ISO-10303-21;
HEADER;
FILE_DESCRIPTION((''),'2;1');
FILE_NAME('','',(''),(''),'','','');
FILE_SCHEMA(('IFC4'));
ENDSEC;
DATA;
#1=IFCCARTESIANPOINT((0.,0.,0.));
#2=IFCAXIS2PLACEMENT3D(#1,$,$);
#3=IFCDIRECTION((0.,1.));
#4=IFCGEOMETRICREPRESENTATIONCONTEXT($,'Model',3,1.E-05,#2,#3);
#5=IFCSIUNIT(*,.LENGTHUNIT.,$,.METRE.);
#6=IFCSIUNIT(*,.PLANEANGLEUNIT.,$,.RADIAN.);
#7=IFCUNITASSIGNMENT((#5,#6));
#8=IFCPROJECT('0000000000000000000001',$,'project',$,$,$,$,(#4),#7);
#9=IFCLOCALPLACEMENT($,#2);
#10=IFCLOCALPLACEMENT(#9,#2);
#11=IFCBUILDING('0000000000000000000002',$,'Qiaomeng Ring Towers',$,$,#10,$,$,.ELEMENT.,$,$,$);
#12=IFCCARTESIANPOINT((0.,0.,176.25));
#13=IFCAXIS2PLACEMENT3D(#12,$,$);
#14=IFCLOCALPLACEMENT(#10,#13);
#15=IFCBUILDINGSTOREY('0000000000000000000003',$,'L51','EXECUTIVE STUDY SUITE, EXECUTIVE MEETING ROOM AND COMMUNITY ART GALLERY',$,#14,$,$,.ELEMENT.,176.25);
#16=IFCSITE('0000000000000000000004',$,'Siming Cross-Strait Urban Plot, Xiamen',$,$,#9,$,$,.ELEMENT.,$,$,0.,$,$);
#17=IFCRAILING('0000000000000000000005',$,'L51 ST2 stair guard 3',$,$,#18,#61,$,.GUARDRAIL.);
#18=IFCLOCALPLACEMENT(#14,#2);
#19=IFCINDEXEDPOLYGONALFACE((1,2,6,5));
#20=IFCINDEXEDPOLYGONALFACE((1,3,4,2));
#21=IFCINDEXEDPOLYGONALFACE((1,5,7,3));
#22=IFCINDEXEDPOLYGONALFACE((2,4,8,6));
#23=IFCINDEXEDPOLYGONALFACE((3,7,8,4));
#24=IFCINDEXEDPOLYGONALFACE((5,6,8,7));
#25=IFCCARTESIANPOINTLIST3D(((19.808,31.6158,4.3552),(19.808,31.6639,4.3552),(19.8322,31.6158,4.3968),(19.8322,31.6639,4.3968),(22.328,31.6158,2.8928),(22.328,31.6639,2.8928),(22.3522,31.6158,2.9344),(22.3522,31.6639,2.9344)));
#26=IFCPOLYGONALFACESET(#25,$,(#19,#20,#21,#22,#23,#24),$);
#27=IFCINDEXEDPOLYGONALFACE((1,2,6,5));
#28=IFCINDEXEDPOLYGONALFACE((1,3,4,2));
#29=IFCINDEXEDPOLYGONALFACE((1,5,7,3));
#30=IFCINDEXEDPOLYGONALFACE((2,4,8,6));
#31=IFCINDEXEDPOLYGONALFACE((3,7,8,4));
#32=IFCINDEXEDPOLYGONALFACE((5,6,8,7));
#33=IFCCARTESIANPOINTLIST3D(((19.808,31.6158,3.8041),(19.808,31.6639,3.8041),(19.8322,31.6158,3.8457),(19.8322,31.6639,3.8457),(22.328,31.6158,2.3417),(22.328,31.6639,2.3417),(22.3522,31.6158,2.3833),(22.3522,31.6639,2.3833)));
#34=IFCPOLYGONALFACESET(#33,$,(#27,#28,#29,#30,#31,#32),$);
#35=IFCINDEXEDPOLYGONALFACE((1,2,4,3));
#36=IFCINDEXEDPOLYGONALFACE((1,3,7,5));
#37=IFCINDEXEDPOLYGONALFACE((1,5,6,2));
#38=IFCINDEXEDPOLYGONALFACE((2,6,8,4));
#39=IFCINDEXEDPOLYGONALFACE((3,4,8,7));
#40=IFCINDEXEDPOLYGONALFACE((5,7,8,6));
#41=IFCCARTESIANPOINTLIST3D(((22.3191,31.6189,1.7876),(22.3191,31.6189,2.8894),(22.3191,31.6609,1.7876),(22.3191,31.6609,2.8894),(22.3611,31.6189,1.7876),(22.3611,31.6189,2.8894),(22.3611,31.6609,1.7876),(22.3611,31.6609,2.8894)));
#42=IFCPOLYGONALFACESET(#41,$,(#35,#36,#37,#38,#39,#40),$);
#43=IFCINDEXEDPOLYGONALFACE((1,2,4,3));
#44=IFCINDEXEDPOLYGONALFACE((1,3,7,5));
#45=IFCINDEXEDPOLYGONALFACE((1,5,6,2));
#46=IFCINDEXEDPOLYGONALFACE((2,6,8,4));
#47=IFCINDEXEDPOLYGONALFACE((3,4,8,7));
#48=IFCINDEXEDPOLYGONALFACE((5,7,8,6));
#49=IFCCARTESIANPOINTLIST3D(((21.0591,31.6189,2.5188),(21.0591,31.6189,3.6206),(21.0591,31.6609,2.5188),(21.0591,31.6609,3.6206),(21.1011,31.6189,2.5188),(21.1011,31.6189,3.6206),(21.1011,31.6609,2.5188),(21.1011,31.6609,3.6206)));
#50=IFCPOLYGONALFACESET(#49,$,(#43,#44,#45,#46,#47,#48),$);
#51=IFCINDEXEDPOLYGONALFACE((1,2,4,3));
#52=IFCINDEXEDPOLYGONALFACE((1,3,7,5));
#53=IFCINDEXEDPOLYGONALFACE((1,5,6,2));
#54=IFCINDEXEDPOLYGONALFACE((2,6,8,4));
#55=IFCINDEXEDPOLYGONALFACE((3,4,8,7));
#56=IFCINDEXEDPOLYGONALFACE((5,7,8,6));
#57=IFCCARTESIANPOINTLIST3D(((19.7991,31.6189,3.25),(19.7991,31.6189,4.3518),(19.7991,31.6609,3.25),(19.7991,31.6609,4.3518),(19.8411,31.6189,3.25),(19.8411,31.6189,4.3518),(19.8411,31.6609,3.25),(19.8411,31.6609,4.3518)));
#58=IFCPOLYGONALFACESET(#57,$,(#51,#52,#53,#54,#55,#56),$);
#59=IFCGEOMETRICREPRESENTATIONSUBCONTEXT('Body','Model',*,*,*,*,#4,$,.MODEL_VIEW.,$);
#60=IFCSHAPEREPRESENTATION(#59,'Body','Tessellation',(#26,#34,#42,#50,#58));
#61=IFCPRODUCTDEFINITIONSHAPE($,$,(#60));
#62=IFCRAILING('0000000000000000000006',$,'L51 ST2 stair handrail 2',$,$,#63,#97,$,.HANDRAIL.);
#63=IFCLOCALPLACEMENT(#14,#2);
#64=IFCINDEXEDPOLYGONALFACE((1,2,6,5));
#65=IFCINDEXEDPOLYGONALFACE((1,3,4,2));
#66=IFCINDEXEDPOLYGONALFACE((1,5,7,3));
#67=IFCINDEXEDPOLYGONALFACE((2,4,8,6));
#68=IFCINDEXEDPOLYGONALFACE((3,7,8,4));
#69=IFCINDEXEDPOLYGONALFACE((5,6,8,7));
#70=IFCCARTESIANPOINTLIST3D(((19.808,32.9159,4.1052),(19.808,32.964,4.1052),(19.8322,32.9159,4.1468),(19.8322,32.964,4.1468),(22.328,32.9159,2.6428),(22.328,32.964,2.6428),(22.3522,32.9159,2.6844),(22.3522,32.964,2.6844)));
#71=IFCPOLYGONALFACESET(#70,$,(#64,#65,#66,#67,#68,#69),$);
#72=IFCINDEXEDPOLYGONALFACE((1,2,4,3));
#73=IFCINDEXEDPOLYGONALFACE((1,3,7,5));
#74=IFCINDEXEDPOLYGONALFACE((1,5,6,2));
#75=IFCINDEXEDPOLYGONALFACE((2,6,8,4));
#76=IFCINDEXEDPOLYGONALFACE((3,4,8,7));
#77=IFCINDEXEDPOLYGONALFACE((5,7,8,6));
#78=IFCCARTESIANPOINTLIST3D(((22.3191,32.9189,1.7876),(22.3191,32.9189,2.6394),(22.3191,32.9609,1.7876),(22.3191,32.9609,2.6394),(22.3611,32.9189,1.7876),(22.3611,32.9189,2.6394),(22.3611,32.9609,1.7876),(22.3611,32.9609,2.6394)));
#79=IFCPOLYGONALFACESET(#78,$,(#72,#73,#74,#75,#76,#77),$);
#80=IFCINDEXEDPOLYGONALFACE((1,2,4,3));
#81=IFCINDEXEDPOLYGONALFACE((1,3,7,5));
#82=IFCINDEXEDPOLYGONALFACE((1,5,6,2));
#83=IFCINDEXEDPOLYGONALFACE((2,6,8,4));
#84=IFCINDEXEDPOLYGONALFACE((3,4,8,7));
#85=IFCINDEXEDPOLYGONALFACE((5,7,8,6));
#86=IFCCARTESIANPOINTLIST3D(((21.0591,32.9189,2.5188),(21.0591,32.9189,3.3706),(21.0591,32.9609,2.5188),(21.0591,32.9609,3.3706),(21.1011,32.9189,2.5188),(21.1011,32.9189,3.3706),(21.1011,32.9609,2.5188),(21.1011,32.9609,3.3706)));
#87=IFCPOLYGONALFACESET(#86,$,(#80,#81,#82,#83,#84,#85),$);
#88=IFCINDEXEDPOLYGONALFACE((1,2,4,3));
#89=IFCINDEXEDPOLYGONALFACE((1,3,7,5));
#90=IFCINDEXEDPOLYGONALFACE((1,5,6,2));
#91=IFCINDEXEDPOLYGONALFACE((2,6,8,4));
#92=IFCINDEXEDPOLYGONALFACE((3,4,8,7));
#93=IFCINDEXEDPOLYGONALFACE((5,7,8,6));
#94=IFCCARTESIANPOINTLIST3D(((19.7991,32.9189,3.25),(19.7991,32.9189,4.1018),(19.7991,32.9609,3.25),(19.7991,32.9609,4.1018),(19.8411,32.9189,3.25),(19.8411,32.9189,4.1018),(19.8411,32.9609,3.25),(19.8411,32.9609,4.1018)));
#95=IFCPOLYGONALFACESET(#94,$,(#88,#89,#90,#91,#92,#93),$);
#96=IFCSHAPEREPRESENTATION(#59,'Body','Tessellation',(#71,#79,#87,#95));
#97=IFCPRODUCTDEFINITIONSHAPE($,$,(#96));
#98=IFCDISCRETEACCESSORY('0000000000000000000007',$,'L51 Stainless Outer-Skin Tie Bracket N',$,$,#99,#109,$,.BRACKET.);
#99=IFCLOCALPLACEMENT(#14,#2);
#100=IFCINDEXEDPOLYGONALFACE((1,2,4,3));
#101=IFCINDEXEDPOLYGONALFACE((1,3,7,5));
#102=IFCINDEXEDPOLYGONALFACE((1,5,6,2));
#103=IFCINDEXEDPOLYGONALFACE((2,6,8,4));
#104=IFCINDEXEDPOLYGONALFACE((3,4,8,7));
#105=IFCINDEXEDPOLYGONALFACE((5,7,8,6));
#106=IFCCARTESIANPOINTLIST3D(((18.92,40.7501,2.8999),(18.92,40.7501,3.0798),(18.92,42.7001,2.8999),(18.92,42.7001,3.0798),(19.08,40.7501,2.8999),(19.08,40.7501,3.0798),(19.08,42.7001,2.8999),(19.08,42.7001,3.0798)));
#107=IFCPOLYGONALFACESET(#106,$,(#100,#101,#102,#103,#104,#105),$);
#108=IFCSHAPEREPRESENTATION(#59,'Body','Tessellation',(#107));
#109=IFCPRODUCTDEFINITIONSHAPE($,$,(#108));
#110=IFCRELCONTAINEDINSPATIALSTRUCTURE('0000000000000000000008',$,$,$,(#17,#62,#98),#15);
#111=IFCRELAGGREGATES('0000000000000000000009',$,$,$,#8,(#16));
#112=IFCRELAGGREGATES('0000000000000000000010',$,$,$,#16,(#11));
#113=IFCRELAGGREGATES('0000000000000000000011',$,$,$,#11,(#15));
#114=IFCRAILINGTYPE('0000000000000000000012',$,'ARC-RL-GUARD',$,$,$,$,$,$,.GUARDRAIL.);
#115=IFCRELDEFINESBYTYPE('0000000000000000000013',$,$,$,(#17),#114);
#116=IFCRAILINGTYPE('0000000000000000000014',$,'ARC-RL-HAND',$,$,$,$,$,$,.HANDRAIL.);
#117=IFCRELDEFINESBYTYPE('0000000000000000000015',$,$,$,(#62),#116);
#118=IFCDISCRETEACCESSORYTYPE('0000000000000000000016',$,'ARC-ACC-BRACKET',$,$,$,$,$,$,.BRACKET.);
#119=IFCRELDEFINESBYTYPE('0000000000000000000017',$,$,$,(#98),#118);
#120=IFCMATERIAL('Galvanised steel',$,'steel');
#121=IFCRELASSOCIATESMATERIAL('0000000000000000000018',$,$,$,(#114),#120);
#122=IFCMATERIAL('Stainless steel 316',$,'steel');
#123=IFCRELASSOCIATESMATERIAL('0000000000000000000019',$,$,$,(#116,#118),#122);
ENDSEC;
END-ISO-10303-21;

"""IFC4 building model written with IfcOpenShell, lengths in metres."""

from ifc_helpers import new_model, si_unit, direction, frame, origin, origin_2d, place, context, subcontext, project, spatial, rectangle, extrude, source, transform, mapped, material, type_object, element, save


model = new_model("IFC4")

# Units and contexts
model_context = context("Model", 3, precision=1e-05, world=origin(), true_north=direction((0.0, 1.0)))
body_context = subcontext(model_context, "Body", "Model", "MODEL_VIEW")
ifc_project = project(units=[si_unit("LENGTHUNIT", "METRE"), si_unit("PLANEANGLEUNIT", "RADIAN")], contexts=[model_context])

# Site, building, storey
site_placement = place(None, origin())
site = spatial("IfcSite", under=ifc_project, at=site_placement, Name="Siming Cross-Strait Urban Plot, Xiamen", CompositionType="ELEMENT", RefElevation=0.0)
building_placement = place(site_placement, origin())
building = spatial("IfcBuilding", under=site, at=building_placement, Name="Qiaomeng Ring Towers", CompositionType="ELEMENT")
storey_placement = place(building_placement, frame((0.0, 0.0, 176.25)))
storey = spatial("IfcBuildingStorey", under=building, at=storey_placement, Name="L51", Description="EXECUTIVE STUDY SUITE, EXECUTIVE MEETING ROOM AND COMMUNITY ART GALLERY", CompositionType="ELEMENT", Elevation=176.25)

# Shared definitions
ifc_material_1 = material(Name="Galvanised steel", Category="steel")

# Railings
railing_type_1 = type_object("IfcRailingType", Name="ARC-RL-GUARD", PredefinedType="GUARDRAIL", material=ifc_material_1)
railing_1_placement = place(storey_placement, frame((22.3401, 31.6399, 1.7876)))
element("IfcRailing", 1, at=railing_1_placement, inside=storey, type_object=railing_type_1, Name="L51 ST2 stair guard 3", PredefinedType="GUARDRAIL", context=body_context, shape_type="SweptSolid", body=[
    extrude(rectangle(XDim=0.0481, YDim=0.0481, at=origin_2d()), frame((0.0, 0.0, 1.126), z_axis=(-0.864913, 0.0, 0.501921), x_axis=(0.0, -1.0, 0.0)), (0.0, 0.0, 1.0), 2.9136),
    extrude(rectangle(XDim=0.0481, YDim=0.0481, at=origin_2d()), frame((0.0, 0.0, 0.575), z_axis=(-0.864913, 0.0, 0.501921), x_axis=(0.0, -1.0, 0.0)), (0.0, 0.0, 1.0), 2.9136),
    extrude(rectangle(XDim=0.042, YDim=0.042, at=origin_2d()), origin(), (0.0, 0.0, 1.0), 1.1018),
    extrude(rectangle(XDim=0.042, YDim=0.042, at=origin_2d()), frame((-1.26, 0.0, 0.7312)), (0.0, 0.0, 1.0), 1.1018),
    extrude(rectangle(XDim=0.042, YDim=0.042, at=origin_2d()), frame((-2.52, 0.0, 1.4624)), (0.0, 0.0, 1.0), 1.1018),
])
ifc_material_2 = material(Name="Stainless steel 316", Category="steel")
railing_type_2 = type_object("IfcRailingType", Name="ARC-RL-HAND", PredefinedType="HANDRAIL", material=ifc_material_2)
railing_2_placement = place(storey_placement, frame((22.3401, 32.9399, 1.7876)))
element("IfcRailing", 2, at=railing_2_placement, inside=storey, type_object=railing_type_2, Name="L51 ST2 stair handrail 2", PredefinedType="HANDRAIL", context=body_context, shape_type="SweptSolid", body=[
    extrude(rectangle(XDim=0.0481, YDim=0.0481, at=origin_2d()), frame((0.0, 0.0, 0.876), z_axis=(-0.864913, 0.0, 0.501921), x_axis=(0.0, -1.0, 0.0)), (0.0, 0.0, 1.0), 2.9136),
    extrude(rectangle(XDim=0.042, YDim=0.042, at=origin_2d()), origin(), (0.0, 0.0, 1.0), 0.8518),
    extrude(rectangle(XDim=0.042, YDim=0.042, at=origin_2d()), frame((-1.26, 0.0, 0.7312)), (0.0, 0.0, 1.0), 0.8518),
    extrude(rectangle(XDim=0.042, YDim=0.042, at=origin_2d()), frame((-2.52, 0.0, 1.4624)), (0.0, 0.0, 1.0), 0.8518),
])

# Discrete accessory
discrete_accessory_type = type_object("IfcDiscreteAccessoryType", Name="ARC-ACC-BRACKET", PredefinedType="BRACKET", material=ifc_material_2)
shared_shape_1 = source(origin(), body_context, "Body", "SweptSolid", [
    extrude(rectangle(XDim=0.1599, YDim=1.95, at=origin_2d()), origin(), (0.0, 0.0, 1.0), 0.1799),
])
discrete_accessory_placement = place(storey_placement, frame((19.0, 41.7251, 2.8999), z_axis=(0.0, 0.0, 1.0), x_axis=(1.0, 0.0, 0.0)))
element("IfcDiscreteAccessory", 3, at=discrete_accessory_placement, inside=storey, type_object=discrete_accessory_type, Name="L51 Stainless Outer-Skin Tie Bracket N", PredefinedType="BRACKET", context=body_context, shape_type="MappedRepresentation", body=[
    mapped(shared_shape_1, transform((0.0, 0.0, 0.0), x_axis=(1.0, 0.0, 0.0), y_axis=(0.0, 1.0, 0.0), z_axis=(0.0, 0.0, 1.0), scale=1.0)),
])

save(model, "model.ifc")
